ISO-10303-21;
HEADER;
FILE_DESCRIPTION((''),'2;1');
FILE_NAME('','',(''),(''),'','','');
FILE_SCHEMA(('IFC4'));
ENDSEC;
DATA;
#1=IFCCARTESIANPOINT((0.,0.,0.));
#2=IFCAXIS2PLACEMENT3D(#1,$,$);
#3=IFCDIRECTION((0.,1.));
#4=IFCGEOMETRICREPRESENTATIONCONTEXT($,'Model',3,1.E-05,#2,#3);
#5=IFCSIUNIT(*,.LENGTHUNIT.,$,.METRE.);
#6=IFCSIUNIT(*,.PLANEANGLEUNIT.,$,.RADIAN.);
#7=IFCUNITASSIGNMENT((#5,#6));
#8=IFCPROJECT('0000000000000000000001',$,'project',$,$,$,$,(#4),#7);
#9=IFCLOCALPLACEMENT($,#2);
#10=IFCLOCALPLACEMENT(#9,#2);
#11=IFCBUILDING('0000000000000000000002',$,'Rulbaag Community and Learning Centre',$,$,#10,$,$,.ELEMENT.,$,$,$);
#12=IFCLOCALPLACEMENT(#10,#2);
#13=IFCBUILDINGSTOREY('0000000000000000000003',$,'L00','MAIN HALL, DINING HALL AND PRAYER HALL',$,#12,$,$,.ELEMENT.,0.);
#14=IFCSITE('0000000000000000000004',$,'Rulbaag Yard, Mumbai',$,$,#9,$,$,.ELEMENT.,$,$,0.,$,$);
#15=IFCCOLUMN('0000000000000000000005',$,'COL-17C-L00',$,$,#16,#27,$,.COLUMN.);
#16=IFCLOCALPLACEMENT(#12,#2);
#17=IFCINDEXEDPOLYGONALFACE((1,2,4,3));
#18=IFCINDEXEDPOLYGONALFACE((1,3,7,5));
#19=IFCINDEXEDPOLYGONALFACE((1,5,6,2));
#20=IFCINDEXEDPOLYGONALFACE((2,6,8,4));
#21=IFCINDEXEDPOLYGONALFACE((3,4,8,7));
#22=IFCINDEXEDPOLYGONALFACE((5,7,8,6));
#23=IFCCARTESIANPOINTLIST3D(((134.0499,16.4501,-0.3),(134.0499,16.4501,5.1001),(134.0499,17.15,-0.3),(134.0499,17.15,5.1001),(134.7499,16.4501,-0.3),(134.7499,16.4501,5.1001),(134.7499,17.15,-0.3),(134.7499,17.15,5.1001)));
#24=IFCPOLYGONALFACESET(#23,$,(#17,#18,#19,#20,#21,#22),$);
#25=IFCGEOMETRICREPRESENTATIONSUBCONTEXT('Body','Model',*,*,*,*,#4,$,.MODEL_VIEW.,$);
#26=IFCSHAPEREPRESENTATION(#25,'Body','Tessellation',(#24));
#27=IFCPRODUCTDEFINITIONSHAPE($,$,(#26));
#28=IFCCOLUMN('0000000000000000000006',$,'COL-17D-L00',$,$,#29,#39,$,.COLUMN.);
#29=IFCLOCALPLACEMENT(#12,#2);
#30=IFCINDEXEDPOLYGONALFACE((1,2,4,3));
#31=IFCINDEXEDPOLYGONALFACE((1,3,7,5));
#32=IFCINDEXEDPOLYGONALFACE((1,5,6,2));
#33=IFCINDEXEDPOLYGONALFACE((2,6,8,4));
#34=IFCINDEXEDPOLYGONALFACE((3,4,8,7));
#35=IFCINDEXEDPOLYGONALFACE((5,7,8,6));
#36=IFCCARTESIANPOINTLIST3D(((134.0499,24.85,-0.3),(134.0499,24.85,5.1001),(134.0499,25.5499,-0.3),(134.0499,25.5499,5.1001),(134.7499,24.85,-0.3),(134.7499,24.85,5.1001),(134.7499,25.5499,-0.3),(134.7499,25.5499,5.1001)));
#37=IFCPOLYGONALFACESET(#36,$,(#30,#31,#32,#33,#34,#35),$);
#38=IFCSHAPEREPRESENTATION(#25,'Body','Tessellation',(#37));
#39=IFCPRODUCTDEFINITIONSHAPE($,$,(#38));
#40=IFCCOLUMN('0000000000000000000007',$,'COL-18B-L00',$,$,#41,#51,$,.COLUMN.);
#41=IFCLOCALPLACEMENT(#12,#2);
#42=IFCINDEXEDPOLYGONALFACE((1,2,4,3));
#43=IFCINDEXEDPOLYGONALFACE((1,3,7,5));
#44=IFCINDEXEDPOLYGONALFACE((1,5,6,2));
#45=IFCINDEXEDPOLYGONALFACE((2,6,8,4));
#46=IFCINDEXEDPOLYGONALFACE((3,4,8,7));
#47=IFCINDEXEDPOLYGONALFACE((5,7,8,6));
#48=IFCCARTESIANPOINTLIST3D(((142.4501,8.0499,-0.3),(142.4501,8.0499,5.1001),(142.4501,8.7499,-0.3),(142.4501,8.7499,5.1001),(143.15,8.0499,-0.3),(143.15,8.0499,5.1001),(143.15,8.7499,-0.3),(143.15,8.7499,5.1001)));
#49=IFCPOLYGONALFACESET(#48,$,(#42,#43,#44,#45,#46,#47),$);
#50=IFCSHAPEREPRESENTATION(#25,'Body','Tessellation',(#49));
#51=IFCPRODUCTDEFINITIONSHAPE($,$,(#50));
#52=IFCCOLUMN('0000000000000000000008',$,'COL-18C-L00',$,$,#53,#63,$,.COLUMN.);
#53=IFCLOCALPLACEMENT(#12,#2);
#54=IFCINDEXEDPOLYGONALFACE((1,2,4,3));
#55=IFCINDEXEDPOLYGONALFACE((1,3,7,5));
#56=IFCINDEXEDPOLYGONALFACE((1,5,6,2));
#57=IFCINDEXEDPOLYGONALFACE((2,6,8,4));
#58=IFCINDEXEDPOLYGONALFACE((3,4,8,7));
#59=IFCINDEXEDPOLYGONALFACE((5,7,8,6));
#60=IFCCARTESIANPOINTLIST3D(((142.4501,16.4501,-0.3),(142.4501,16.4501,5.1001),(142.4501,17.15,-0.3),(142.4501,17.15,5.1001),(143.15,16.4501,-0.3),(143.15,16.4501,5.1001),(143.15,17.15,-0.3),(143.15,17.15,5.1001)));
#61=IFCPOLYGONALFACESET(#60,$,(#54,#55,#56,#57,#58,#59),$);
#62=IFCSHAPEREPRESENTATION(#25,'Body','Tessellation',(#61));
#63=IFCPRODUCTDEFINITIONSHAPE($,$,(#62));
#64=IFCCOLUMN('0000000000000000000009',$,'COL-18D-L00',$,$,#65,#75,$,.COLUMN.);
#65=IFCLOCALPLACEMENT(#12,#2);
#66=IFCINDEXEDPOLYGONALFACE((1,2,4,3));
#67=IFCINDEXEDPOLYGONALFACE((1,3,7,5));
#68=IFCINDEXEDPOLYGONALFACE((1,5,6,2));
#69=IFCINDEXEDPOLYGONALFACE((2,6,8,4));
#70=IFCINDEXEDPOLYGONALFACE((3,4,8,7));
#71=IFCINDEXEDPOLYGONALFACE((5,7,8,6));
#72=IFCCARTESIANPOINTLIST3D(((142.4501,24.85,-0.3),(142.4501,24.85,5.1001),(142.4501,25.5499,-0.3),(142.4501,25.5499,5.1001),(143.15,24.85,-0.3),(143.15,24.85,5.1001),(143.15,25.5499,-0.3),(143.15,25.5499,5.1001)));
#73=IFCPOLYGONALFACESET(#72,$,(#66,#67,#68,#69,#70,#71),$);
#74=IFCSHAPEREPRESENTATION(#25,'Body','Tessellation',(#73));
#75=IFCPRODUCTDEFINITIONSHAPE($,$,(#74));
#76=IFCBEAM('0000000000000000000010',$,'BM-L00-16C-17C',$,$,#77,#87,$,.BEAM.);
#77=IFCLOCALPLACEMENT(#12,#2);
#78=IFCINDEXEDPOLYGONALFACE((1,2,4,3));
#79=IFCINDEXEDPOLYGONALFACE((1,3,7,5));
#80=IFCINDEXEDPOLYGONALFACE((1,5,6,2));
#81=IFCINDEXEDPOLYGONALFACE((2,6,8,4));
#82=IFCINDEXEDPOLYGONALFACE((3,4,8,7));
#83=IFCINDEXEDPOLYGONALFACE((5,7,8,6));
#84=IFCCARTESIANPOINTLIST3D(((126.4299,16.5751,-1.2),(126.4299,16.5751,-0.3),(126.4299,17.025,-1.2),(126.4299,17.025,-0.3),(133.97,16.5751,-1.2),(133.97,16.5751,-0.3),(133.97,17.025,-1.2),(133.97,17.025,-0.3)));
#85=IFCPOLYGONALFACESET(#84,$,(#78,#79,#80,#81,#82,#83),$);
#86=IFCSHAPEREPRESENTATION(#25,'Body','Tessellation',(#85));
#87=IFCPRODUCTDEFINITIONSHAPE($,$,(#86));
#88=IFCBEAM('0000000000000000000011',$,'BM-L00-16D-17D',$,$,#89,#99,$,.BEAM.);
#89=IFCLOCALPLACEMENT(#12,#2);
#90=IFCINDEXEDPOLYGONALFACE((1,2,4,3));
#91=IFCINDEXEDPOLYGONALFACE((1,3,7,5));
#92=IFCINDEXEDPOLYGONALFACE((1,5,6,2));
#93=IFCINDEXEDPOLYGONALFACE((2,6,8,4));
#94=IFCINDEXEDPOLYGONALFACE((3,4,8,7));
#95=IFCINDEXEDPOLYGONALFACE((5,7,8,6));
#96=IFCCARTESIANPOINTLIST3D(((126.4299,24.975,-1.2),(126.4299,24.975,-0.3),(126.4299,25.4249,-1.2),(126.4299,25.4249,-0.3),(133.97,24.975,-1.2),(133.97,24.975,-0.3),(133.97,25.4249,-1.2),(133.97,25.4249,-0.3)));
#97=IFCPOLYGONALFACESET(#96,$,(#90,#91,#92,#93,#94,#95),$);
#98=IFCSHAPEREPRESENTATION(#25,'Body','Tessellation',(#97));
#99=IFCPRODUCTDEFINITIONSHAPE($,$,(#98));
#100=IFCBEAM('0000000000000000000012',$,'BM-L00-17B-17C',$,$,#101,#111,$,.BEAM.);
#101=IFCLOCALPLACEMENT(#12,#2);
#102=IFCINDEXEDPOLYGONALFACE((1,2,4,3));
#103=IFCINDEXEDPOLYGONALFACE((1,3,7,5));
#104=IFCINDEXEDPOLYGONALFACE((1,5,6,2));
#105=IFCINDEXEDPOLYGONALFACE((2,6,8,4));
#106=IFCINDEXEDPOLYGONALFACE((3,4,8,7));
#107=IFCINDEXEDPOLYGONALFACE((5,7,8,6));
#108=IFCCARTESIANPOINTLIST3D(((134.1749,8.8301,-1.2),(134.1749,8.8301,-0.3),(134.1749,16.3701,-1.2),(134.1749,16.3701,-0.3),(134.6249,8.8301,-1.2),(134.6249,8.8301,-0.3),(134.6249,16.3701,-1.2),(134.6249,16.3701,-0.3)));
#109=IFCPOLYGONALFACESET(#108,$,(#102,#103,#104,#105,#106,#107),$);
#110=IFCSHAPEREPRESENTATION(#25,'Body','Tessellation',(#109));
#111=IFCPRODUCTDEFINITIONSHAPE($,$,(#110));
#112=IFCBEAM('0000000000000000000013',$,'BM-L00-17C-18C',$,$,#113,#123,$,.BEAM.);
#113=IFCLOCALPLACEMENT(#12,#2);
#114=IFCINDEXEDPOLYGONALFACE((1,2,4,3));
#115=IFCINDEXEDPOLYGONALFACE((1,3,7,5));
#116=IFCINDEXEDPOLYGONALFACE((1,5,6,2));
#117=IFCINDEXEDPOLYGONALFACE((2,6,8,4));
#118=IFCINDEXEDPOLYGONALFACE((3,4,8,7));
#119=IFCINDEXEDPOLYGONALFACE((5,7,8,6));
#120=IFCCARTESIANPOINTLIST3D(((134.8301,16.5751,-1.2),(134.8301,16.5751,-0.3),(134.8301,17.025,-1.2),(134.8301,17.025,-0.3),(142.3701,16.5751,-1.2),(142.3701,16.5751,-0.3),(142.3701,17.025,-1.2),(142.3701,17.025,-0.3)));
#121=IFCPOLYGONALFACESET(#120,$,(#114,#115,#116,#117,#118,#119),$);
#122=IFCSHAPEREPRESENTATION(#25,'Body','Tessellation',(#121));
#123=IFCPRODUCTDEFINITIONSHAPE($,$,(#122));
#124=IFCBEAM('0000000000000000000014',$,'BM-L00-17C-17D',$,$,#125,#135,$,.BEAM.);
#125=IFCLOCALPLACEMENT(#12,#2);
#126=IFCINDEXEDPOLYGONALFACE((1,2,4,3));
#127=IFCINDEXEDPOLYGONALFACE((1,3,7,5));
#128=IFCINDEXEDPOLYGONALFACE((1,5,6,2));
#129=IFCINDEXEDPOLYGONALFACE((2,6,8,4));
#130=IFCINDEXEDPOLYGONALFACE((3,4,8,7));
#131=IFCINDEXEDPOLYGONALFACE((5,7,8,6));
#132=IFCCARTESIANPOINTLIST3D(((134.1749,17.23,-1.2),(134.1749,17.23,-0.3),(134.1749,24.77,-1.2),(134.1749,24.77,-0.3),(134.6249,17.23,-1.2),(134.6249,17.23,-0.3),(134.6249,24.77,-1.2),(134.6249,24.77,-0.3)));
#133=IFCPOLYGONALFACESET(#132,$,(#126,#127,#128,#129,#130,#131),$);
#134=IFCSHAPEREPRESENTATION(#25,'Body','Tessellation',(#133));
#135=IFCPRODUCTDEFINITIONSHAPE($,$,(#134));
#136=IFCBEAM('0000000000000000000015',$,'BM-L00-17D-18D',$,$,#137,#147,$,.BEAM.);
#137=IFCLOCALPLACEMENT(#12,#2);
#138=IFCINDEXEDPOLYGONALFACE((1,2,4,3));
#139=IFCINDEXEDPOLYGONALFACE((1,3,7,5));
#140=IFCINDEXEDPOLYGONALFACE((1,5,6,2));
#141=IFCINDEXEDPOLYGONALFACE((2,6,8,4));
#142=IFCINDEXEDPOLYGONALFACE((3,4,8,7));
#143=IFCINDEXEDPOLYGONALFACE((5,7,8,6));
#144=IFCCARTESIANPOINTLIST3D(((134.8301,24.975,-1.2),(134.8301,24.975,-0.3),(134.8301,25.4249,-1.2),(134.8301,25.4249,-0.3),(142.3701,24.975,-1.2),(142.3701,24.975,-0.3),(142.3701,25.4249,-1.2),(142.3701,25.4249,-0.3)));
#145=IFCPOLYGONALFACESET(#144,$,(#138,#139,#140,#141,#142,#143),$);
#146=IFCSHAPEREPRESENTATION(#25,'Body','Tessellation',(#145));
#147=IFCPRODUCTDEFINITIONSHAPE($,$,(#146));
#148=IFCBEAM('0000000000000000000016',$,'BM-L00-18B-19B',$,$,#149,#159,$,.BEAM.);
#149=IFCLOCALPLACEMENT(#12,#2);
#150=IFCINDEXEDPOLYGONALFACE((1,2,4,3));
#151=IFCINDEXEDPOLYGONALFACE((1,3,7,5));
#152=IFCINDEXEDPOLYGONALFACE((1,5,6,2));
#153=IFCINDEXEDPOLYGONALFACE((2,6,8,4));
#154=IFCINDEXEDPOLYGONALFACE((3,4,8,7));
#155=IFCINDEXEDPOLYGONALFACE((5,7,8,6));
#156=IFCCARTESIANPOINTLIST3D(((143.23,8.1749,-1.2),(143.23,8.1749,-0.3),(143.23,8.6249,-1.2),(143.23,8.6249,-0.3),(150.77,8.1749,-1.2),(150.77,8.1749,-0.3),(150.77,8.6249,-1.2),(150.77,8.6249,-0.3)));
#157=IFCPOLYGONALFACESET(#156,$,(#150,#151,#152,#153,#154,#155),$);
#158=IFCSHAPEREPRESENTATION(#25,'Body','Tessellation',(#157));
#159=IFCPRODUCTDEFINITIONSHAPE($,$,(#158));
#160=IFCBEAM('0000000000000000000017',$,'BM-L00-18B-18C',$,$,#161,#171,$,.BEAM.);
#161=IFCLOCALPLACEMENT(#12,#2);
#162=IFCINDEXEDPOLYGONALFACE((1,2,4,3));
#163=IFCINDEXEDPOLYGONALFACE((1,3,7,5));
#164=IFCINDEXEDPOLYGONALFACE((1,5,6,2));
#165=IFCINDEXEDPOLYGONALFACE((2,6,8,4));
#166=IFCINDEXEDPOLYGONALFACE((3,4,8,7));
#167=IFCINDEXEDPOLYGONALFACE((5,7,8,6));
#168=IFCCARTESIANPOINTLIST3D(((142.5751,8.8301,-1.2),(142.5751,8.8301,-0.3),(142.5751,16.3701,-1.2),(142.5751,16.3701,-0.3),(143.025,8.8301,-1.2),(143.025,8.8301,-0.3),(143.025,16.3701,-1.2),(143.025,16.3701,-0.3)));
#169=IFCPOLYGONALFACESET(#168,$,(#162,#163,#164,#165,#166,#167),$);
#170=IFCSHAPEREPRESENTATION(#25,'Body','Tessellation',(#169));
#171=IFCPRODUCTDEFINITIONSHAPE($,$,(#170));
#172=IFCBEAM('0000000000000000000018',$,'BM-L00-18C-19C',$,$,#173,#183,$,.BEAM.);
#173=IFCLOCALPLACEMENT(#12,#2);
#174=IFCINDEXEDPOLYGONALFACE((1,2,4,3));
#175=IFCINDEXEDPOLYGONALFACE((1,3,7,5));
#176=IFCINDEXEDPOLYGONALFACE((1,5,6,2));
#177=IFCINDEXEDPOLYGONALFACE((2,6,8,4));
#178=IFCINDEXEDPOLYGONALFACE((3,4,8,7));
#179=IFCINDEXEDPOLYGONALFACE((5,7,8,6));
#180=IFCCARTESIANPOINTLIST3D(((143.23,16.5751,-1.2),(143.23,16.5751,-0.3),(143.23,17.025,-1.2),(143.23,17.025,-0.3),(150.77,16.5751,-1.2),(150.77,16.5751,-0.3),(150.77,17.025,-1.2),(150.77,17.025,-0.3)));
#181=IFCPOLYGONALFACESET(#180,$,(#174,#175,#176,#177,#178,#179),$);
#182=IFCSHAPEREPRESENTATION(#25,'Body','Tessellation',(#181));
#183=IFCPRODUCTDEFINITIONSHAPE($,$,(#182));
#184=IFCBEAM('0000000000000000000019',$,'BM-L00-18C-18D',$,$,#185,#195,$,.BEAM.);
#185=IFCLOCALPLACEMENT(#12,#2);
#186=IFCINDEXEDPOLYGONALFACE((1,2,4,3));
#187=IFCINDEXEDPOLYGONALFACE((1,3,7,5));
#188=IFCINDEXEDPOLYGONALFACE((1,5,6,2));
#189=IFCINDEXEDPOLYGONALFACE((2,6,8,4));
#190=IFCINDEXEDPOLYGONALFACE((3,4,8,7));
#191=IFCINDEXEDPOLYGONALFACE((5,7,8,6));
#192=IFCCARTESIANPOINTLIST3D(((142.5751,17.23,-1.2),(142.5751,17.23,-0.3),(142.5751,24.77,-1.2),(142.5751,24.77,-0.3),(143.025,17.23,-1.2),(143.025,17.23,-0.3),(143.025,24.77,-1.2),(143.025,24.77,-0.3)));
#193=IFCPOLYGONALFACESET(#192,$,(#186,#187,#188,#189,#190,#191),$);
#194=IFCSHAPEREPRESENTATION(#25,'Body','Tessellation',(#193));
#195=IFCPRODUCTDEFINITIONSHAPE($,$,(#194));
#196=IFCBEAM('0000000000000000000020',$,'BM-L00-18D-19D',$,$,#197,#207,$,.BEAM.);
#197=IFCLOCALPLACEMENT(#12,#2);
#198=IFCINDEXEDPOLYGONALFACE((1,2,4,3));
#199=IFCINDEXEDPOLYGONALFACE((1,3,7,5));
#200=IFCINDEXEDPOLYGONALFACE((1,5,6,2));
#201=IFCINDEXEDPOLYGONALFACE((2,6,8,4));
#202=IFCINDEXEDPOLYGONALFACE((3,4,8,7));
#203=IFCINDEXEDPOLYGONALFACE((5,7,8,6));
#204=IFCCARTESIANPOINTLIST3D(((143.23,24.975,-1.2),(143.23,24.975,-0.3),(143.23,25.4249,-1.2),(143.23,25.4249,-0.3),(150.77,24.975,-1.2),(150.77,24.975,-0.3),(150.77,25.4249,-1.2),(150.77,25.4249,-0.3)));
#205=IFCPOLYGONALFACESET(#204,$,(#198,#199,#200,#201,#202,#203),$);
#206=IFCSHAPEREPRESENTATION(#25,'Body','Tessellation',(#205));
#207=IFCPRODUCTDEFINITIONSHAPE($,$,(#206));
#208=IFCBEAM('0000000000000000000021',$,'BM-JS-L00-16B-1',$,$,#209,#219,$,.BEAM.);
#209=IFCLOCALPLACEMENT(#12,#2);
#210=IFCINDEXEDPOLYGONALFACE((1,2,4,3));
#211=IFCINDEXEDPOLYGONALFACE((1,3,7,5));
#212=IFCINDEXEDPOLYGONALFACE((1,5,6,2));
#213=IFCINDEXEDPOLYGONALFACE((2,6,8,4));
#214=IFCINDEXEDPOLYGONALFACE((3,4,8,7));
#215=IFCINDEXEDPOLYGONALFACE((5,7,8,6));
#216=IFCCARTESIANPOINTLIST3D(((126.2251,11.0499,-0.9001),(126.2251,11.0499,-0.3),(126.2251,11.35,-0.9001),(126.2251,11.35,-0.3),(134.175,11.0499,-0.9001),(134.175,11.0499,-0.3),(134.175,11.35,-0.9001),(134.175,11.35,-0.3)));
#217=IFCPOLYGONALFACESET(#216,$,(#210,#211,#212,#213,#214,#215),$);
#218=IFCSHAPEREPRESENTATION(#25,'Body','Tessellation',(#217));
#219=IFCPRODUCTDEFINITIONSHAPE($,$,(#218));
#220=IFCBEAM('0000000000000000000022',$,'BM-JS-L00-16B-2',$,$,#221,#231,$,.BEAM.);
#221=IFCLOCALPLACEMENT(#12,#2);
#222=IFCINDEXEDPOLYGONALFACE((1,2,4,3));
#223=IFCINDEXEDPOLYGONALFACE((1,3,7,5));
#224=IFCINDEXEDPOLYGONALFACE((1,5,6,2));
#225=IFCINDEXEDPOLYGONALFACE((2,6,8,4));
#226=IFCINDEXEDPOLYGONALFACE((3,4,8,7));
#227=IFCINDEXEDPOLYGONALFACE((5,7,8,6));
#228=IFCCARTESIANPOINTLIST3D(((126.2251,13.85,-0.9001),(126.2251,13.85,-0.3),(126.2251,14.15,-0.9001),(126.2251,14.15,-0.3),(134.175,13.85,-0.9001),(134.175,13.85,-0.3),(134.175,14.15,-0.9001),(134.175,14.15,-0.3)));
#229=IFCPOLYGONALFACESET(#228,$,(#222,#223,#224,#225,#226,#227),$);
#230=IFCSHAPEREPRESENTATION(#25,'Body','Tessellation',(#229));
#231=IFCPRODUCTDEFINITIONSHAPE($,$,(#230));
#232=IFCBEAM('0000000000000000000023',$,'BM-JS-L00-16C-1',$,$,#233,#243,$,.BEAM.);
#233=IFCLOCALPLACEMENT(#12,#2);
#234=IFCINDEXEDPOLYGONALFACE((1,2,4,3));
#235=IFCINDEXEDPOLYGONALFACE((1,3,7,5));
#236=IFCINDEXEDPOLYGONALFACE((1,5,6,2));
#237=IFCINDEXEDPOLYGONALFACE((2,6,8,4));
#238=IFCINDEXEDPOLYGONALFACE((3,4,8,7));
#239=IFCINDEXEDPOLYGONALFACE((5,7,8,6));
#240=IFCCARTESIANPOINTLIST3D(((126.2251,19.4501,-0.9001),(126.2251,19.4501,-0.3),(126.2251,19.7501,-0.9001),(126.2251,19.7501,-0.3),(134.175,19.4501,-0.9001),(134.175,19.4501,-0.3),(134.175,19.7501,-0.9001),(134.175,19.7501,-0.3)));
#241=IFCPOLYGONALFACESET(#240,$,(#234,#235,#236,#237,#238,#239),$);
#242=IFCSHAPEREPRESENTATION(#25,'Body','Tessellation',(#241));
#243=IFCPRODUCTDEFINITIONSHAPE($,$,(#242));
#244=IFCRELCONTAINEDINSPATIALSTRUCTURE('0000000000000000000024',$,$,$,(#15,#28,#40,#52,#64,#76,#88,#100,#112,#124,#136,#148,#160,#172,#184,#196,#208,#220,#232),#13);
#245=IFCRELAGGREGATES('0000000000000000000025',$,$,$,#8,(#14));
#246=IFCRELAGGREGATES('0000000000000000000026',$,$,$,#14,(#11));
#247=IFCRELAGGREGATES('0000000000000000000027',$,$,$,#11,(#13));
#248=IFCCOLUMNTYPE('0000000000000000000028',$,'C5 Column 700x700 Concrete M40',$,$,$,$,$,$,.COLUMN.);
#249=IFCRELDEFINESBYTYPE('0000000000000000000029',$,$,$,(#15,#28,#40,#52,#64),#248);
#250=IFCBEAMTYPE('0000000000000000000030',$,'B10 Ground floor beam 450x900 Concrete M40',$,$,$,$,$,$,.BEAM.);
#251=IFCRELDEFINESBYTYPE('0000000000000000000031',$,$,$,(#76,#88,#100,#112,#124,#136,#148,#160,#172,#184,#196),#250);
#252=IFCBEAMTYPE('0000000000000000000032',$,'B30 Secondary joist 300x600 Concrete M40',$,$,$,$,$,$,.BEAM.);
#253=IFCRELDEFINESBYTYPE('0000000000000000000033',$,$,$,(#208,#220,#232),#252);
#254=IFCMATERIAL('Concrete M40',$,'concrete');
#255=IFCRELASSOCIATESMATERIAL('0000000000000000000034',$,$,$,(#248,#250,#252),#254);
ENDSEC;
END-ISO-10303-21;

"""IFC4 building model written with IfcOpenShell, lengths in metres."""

from ifc_helpers import new_model, si_unit, direction, frame, origin, origin_2d, place, context, subcontext, project, spatial, rectangle, extrude, material, material_profile, profile_set, type_object, element, save


model = new_model("IFC4")

# Units and contexts
model_context = context("Model", 3, precision=1e-05, world=origin(), true_north=direction((0.0, 1.0)))
body_context = subcontext(model_context, "Body", "Model", "MODEL_VIEW")
ifc_project = project(units=[si_unit("LENGTHUNIT", "METRE"), si_unit("PLANEANGLEUNIT", "RADIAN")], contexts=[model_context])

# Site, building, storey
site_placement = place(None, origin())
site = spatial("IfcSite", under=ifc_project, at=site_placement, Name="Rulbaag Yard, Mumbai", CompositionType="ELEMENT", RefElevation=0.0)
building_placement = place(site_placement, origin())
building = spatial("IfcBuilding", under=site, at=building_placement, Name="Rulbaag Community and Learning Centre", CompositionType="ELEMENT")
storey_placement = place(building_placement, origin())
storey = spatial("IfcBuildingStorey", under=building, at=storey_placement, Name="L00", Description="MAIN HALL, DINING HALL AND PRAYER HALL", CompositionType="ELEMENT", Elevation=0.0)

# Columns
ifc_material_1 = material(Name="Concrete M40", Category="concrete")
ifc_material_profile_1 = material_profile(ifc_material_1, rectangle(XDim=0.7, YDim=0.7, at=origin_2d()), Name="RC700x700")
ifc_profile_set_1 = profile_set([ifc_material_profile_1], Name="Concrete M40")
column_type = type_object("IfcColumnType", Name="C5 Column 700x700 Concrete M40", PredefinedType="COLUMN", material=ifc_profile_set_1)
for number, where, z_axis, x_axis, name in (
    (1, (134.3999, 16.8, -0.3), (0.0, 0.0, 1.0), (1.0, 0.0, 0.0), "COL-17C-L00"),
    (2, (134.3999, 25.2, -0.3), (0.0, 0.0, 1.0), (1.0, 0.0, 0.0), "COL-17D-L00"),
    (3, (142.8, 8.3999, -0.3), (0.0, 0.0, 1.0), (1.0, 0.0, 0.0), "COL-18B-L00"),
    (4, (142.8, 16.8, -0.3), (0.0, 0.0, 1.0), (1.0, 0.0, 0.0), "COL-18C-L00"),
    (5, (142.8, 25.2, -0.3), (0.0, 0.0, 1.0), (1.0, 0.0, 0.0), "COL-18D-L00"),
):
    element("IfcColumn", number, at=place(storey_placement, frame(where, z_axis=z_axis, x_axis=x_axis)), inside=storey, type_object=column_type, Name=name, PredefinedType="COLUMN", context=body_context, shape_type="SweptSolid", body=[
        extrude(rectangle(XDim=0.7, YDim=0.7, at=origin_2d()), origin(), (0.0, 0.0, 1.0), 5.4001),
    ])

# Beams
ifc_material_profile_2 = material_profile(ifc_material_1, rectangle(XDim=0.45, YDim=0.8999, at=origin_2d()), Name="RB450x900")
ifc_profile_set_2 = profile_set([ifc_material_profile_2], Name="Concrete M40")
beam_type_1 = type_object("IfcBeamType", Name="B10 Ground floor beam 450x900 Concrete M40", PredefinedType="BEAM", material=ifc_profile_set_2)
for number, where, z_axis, x_axis, name in (
    (6, (126.4299, 16.8, -0.75), (1.0, 0.0, 0.0), (0.0, 1.0, 0.0), "BM-L00-16C-17C"),
    (7, (126.4299, 25.2, -0.75), (1.0, 0.0, 0.0), (0.0, 1.0, 0.0), "BM-L00-16D-17D"),
    (8, (134.3999, 8.8301, -0.75), (0.0, 1.0, 0.0), (-1.0, 0.0, 0.0), "BM-L00-17B-17C"),
    (9, (134.8301, 16.8, -0.75), (1.0, 0.0, 0.0), (0.0, 1.0, 0.0), "BM-L00-17C-18C"),
    (10, (134.3999, 17.23, -0.75), (0.0, 1.0, 0.0), (-1.0, 0.0, 0.0), "BM-L00-17C-17D"),
    (11, (134.8301, 25.2, -0.75), (1.0, 0.0, 0.0), (0.0, 1.0, 0.0), "BM-L00-17D-18D"),
    (12, (143.23, 8.3999, -0.75), (1.0, 0.0, 0.0), (0.0, 1.0, 0.0), "BM-L00-18B-19B"),
    (13, (142.8, 8.8301, -0.75), (0.0, 1.0, 0.0), (-1.0, 0.0, 0.0), "BM-L00-18B-18C"),
    (14, (143.23, 16.8, -0.75), (1.0, 0.0, 0.0), (0.0, 1.0, 0.0), "BM-L00-18C-19C"),
    (15, (142.8, 17.23, -0.75), (0.0, 1.0, 0.0), (-1.0, 0.0, 0.0), "BM-L00-18C-18D"),
    (16, (143.23, 25.2, -0.75), (1.0, 0.0, 0.0), (0.0, 1.0, 0.0), "BM-L00-18D-19D"),
):
    element("IfcBeam", number, at=place(storey_placement, frame(where, z_axis=z_axis, x_axis=x_axis)), inside=storey, type_object=beam_type_1, Name=name, PredefinedType="BEAM", context=body_context, shape_type="SweptSolid", body=[
        extrude(rectangle(XDim=0.45, YDim=0.8999, at=origin_2d()), origin(), (0.0, 0.0, 1.0), 7.54),
    ])
ifc_material_profile_3 = material_profile(ifc_material_1, rectangle(XDim=0.3, YDim=0.6001, at=origin_2d()), Name="RB300x600")
ifc_profile_set_3 = profile_set([ifc_material_profile_3], Name="Concrete M40")
beam_type_2 = type_object("IfcBeamType", Name="B30 Secondary joist 300x600 Concrete M40", PredefinedType="BEAM", material=ifc_profile_set_3)
for number, where, z_axis, x_axis, name in (
    (17, (126.2251, 11.2, -0.6001), (1.0, 0.0, 0.0), (0.0, 1.0, 0.0), "BM-JS-L00-16B-1"),
    (18, (126.2251, 14.0, -0.6001), (1.0, 0.0, 0.0), (0.0, 1.0, 0.0), "BM-JS-L00-16B-2"),
    (19, (126.2251, 19.6001, -0.6001), (1.0, 0.0, 0.0), (0.0, 1.0, 0.0), "BM-JS-L00-16C-1"),
):
    element("IfcBeam", number, at=place(storey_placement, frame(where, z_axis=z_axis, x_axis=x_axis)), inside=storey, type_object=beam_type_2, Name=name, PredefinedType="BEAM", context=body_context, shape_type="SweptSolid", body=[
        extrude(rectangle(XDim=0.3, YDim=0.6001, at=origin_2d()), origin(), (0.0, 0.0, 1.0), 7.95),
    ])

save(model, "model.ifc")
